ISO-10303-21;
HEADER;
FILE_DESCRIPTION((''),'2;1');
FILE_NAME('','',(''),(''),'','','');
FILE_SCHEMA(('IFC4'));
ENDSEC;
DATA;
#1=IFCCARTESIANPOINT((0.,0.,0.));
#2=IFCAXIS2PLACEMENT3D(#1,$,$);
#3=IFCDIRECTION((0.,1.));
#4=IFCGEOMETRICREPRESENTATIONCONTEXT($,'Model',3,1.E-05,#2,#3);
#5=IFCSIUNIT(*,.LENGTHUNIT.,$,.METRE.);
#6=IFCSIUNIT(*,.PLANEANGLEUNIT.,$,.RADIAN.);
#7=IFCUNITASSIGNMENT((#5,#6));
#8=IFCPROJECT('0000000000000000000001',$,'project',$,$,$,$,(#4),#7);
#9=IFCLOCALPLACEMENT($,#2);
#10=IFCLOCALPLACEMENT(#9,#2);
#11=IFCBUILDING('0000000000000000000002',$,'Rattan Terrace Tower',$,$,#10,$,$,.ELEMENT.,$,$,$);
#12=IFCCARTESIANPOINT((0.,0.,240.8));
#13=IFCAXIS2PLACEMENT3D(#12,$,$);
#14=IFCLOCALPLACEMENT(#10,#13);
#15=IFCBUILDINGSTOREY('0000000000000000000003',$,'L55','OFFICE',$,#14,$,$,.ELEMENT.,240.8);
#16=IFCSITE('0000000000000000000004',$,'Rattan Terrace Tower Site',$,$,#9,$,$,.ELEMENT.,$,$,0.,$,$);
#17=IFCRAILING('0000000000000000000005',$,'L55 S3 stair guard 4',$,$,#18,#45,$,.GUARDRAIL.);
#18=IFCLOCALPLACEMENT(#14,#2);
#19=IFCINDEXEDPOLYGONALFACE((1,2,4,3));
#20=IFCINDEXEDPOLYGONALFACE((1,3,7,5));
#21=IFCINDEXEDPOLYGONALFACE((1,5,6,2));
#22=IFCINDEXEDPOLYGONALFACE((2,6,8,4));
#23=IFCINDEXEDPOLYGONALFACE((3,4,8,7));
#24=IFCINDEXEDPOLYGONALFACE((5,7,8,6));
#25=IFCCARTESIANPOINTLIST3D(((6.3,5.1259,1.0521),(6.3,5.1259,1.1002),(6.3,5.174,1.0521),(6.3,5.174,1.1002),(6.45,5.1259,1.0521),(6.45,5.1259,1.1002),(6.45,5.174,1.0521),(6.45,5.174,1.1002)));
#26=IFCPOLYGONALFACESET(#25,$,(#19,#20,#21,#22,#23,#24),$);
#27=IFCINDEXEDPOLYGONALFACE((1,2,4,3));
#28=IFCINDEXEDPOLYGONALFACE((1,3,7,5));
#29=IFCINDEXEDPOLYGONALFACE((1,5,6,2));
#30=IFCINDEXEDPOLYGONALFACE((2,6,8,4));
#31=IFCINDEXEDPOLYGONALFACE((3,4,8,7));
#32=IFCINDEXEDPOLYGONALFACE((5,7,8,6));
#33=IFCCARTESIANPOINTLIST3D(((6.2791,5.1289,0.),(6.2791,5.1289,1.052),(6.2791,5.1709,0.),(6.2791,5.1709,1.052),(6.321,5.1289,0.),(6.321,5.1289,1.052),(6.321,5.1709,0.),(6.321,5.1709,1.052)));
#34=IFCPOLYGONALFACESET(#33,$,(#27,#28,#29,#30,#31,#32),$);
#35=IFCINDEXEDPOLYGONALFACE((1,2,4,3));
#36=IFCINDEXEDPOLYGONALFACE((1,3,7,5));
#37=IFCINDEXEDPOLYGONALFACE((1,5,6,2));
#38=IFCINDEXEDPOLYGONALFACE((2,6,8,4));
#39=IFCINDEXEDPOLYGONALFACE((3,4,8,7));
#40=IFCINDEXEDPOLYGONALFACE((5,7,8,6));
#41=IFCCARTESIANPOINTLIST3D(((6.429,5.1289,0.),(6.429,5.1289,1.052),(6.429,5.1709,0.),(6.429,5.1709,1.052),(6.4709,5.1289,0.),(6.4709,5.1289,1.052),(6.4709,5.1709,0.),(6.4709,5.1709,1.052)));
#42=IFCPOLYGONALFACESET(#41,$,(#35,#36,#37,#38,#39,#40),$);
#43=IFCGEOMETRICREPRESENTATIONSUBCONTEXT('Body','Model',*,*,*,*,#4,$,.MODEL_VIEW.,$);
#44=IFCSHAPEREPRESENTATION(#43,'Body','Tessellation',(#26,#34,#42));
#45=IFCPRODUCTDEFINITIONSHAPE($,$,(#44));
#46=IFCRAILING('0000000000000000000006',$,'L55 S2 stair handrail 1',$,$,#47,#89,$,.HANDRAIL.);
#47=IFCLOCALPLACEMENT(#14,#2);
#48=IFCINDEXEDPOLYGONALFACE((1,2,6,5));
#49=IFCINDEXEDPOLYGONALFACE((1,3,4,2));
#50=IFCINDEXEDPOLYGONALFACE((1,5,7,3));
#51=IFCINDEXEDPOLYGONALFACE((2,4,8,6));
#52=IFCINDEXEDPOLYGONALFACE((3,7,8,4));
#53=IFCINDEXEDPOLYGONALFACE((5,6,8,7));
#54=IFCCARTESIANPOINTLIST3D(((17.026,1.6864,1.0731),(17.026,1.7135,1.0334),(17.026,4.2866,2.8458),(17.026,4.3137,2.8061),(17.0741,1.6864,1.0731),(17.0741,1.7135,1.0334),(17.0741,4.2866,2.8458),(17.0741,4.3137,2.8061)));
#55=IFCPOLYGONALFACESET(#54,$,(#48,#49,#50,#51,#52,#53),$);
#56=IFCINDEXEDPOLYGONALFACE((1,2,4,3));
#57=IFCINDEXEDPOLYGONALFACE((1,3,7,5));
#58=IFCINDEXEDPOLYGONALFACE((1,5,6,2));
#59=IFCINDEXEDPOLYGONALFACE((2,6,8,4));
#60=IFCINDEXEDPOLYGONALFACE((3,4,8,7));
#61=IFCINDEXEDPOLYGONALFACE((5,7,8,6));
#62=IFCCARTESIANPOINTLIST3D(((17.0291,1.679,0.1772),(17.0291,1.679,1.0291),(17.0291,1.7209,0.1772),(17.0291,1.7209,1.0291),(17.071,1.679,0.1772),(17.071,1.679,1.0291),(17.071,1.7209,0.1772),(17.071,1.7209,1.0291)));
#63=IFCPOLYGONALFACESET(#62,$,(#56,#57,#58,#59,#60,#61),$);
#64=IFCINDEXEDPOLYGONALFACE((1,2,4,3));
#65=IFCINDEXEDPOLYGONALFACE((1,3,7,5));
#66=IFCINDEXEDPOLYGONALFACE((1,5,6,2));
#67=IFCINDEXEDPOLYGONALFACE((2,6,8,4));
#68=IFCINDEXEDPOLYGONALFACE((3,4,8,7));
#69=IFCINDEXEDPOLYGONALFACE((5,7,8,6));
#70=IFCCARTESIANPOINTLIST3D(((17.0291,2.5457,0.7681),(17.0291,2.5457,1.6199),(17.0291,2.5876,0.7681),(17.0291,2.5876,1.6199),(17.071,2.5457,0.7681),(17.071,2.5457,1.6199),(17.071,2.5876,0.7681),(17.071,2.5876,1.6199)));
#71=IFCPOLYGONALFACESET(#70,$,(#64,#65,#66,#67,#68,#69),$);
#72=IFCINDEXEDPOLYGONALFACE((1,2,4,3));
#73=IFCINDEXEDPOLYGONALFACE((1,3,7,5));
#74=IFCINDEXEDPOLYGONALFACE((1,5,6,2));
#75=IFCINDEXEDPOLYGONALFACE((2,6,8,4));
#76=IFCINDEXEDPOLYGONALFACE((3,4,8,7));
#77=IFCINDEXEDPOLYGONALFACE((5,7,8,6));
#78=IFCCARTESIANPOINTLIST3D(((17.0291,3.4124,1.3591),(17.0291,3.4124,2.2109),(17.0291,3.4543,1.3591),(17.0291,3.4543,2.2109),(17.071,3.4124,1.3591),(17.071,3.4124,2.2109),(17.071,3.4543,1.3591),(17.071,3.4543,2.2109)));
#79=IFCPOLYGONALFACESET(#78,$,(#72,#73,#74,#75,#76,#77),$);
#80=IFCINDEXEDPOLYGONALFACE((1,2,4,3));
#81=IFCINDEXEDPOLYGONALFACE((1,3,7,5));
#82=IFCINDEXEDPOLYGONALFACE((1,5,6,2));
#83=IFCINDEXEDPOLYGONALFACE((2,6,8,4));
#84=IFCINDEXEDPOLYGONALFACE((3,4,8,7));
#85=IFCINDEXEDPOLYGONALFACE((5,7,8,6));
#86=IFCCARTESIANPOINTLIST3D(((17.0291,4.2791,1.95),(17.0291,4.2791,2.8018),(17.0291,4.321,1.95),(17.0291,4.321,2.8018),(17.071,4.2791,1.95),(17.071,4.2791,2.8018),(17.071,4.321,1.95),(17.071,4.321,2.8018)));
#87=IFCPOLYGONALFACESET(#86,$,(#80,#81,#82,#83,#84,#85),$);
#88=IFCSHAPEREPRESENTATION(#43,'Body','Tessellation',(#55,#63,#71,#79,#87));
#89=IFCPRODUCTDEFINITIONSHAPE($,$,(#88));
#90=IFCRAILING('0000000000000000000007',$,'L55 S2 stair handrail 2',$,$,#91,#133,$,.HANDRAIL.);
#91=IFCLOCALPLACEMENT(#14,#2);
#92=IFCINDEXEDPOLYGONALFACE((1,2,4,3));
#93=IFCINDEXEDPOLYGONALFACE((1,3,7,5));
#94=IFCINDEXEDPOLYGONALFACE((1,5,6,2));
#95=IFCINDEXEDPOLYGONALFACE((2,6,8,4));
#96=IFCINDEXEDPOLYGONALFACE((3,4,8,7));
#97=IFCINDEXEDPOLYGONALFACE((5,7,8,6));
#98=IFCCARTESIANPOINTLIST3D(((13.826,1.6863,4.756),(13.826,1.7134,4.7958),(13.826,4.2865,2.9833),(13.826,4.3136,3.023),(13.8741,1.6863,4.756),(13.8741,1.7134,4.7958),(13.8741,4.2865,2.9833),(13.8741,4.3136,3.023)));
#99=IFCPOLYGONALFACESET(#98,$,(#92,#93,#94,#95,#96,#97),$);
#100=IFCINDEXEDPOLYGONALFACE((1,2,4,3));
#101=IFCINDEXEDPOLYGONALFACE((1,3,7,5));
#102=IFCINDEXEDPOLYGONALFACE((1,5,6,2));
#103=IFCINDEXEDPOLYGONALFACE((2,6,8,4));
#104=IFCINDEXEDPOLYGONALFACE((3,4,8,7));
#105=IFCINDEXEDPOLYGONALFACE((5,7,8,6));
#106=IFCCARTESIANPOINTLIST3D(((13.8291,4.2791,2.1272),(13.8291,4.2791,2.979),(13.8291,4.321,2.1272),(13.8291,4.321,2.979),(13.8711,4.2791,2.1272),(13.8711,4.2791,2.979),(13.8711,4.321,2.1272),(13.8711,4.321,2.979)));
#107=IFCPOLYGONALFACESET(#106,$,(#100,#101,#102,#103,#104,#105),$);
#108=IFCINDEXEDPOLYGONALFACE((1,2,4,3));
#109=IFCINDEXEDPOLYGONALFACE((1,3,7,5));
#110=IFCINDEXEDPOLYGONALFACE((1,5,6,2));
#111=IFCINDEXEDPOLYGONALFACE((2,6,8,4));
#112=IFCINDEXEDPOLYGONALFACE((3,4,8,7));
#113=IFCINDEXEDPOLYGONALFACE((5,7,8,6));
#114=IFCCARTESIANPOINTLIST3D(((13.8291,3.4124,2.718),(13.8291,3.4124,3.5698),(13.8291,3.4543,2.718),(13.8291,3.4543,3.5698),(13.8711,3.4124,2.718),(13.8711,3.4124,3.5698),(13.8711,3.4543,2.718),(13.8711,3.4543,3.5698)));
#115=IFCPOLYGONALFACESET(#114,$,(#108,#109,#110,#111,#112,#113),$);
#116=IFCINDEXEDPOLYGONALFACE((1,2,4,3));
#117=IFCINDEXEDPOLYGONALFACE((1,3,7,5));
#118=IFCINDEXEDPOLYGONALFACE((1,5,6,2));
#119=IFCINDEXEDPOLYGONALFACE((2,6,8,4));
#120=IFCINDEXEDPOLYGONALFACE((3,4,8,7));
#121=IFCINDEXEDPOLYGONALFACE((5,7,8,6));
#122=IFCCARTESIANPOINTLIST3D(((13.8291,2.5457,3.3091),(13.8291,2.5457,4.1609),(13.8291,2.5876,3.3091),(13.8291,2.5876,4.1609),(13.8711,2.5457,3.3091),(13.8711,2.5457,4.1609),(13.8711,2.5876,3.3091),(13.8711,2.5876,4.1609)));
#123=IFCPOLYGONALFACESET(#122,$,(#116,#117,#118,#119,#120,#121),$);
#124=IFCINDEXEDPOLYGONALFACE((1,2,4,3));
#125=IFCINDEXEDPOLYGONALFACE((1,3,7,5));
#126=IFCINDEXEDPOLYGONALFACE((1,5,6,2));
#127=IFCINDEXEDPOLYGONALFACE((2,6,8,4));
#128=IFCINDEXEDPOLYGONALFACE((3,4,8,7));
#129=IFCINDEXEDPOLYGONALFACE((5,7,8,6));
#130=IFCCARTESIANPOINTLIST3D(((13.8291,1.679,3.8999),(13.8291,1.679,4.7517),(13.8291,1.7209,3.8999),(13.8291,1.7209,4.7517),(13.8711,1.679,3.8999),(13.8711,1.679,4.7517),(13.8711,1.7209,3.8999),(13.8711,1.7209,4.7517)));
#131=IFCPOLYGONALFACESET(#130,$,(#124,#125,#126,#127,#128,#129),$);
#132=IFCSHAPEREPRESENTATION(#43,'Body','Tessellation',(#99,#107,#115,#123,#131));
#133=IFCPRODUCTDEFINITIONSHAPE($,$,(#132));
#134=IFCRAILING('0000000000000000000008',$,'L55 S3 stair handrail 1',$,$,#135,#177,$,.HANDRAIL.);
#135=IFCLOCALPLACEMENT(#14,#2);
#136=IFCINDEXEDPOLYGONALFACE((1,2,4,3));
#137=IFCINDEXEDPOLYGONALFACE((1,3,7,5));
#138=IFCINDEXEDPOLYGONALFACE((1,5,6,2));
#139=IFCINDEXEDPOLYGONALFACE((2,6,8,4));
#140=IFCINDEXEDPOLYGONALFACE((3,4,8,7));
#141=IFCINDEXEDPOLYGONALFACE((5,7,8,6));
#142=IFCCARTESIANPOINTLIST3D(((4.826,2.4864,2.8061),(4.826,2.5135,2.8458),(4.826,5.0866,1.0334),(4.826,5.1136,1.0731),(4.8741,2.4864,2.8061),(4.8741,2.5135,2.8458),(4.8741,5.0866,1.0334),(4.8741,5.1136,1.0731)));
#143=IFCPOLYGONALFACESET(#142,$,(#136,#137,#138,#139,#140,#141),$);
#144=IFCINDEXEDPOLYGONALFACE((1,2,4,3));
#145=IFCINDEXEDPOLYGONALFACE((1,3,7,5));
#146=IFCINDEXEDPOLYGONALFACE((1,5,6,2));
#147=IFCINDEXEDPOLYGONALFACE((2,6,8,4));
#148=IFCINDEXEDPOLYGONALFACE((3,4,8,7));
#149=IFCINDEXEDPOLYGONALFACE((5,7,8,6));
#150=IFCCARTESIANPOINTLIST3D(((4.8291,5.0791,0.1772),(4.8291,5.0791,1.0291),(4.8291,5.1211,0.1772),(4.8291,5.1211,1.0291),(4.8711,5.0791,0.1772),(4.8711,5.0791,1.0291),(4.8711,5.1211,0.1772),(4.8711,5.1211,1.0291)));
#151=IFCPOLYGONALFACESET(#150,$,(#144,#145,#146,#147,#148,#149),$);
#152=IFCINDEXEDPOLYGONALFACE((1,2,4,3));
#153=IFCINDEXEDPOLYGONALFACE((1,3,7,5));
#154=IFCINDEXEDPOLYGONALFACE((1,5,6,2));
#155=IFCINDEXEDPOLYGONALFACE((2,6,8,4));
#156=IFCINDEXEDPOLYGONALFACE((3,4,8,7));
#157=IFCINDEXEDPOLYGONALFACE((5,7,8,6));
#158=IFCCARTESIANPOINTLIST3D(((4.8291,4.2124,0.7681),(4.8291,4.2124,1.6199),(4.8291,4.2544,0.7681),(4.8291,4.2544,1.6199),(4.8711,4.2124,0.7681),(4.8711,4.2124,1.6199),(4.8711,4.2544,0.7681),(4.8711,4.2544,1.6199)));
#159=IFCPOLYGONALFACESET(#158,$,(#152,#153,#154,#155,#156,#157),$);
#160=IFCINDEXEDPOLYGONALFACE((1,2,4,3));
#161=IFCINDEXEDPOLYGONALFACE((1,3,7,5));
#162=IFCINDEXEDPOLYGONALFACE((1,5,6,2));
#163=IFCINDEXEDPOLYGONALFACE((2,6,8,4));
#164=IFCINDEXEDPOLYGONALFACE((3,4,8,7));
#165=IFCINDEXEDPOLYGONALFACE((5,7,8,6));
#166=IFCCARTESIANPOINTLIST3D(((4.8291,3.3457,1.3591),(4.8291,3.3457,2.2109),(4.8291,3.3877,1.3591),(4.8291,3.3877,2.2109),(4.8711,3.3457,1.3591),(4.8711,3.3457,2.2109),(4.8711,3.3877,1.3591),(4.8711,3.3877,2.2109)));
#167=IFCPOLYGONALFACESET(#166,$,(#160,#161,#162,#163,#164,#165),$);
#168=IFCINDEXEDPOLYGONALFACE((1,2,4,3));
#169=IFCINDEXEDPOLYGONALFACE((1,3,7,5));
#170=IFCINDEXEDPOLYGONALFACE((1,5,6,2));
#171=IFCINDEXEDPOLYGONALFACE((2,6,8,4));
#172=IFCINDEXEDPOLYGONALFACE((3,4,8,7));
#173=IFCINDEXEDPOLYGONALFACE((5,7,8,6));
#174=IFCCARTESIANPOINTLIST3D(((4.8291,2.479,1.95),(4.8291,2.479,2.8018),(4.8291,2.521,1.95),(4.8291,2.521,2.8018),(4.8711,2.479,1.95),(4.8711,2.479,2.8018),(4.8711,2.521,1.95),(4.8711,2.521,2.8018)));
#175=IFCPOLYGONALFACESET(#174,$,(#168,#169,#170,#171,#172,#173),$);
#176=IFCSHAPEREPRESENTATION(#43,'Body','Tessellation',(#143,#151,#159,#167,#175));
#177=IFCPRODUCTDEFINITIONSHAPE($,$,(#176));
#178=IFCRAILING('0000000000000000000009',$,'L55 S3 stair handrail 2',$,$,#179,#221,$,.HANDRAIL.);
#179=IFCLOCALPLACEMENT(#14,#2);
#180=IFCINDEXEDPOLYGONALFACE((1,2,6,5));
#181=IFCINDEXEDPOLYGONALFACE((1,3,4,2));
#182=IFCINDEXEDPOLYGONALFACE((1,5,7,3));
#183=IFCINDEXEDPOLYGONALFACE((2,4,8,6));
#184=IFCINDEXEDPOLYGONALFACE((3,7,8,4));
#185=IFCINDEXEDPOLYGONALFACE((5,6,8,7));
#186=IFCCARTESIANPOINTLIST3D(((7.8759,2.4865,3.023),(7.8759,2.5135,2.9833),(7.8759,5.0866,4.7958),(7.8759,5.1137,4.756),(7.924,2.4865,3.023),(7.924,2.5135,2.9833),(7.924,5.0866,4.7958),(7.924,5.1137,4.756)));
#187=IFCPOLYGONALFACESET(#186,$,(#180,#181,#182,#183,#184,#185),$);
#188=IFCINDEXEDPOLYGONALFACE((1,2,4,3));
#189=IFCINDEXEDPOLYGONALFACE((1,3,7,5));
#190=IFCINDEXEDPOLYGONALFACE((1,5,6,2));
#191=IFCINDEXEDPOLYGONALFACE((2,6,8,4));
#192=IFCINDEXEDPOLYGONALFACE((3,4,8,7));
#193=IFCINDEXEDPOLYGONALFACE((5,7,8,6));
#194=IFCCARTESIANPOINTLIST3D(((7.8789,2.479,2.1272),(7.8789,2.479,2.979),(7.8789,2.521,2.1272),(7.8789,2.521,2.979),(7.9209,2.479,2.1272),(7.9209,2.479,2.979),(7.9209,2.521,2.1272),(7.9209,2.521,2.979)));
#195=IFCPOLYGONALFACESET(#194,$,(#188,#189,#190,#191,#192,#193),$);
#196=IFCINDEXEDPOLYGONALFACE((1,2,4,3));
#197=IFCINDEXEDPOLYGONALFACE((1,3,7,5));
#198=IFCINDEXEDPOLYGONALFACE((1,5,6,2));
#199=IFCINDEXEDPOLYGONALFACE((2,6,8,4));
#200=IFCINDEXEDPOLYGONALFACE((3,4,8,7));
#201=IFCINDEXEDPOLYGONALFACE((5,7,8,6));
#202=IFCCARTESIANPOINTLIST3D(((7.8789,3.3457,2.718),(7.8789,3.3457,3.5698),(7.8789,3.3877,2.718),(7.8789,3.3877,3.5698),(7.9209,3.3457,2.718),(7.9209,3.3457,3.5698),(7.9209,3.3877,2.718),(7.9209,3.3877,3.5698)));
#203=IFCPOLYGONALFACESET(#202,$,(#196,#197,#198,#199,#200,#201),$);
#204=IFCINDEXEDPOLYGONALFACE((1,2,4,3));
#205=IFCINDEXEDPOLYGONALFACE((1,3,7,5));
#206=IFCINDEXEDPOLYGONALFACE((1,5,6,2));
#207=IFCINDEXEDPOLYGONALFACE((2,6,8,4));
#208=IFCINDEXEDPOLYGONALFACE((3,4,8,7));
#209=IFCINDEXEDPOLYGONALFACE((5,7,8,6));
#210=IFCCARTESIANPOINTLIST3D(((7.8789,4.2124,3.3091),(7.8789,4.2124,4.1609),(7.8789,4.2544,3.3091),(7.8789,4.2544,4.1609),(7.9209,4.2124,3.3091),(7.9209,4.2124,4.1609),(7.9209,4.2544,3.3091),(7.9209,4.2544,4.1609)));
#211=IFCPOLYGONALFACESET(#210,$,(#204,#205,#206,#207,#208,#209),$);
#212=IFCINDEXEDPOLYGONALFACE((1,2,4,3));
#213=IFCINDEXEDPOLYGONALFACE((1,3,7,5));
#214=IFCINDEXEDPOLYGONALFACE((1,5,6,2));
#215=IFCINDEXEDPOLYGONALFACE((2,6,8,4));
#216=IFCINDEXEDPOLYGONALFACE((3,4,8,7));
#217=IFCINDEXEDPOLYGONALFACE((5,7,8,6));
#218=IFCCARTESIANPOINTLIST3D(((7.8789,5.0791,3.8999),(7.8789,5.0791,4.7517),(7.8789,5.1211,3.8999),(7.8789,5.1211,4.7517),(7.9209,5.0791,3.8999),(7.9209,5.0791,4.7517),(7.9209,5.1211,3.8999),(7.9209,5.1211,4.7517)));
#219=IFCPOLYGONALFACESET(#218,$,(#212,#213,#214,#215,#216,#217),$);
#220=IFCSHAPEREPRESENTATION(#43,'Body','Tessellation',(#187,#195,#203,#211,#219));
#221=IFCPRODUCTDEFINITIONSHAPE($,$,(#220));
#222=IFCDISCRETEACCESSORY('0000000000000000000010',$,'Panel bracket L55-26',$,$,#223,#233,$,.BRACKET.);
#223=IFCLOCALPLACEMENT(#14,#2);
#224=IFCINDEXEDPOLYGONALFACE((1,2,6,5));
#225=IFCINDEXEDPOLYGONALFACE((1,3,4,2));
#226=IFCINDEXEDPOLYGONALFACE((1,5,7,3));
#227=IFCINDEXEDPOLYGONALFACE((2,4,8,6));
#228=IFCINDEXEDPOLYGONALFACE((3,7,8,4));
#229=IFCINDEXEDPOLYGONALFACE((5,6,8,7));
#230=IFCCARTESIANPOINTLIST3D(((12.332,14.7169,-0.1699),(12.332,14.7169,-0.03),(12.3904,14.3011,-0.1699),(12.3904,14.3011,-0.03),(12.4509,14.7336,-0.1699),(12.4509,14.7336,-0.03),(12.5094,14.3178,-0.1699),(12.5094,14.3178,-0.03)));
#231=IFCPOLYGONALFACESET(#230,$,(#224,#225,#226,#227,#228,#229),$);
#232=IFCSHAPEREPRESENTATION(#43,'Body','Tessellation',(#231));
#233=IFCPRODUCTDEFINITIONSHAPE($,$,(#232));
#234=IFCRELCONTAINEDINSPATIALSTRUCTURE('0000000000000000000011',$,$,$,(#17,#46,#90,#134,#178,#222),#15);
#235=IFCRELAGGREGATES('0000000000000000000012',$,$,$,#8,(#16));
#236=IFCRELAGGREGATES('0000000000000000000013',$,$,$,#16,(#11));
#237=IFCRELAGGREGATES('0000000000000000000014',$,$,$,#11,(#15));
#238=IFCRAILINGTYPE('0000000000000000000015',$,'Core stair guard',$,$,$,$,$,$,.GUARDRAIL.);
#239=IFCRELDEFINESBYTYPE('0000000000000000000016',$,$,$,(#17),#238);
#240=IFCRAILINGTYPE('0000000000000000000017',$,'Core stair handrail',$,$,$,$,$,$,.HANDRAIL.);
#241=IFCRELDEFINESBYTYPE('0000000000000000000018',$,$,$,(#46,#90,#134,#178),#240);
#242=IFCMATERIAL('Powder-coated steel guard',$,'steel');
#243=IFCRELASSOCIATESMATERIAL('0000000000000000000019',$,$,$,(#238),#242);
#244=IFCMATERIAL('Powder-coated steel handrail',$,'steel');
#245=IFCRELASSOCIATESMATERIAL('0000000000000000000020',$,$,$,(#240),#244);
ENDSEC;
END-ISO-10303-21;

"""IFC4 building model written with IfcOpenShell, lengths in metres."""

from ifc_helpers import new_model, si_unit, direction, frame, origin, origin_2d, place, context, subcontext, project, spatial, rectangle, extrude, material, type_object, element, save


model = new_model("IFC4")

# Units and contexts
model_context = context("Model", 3, precision=1e-05, world=origin(), true_north=direction((0.0, 1.0)))
body_context = subcontext(model_context, "Body", "Model", "MODEL_VIEW")
ifc_project = project(units=[si_unit("LENGTHUNIT", "METRE"), si_unit("PLANEANGLEUNIT", "RADIAN")], contexts=[model_context])

# Site, building, storey
site_placement = place(None, origin())
site = spatial("IfcSite", under=ifc_project, at=site_placement, Name="Rattan Terrace Tower Site", CompositionType="ELEMENT", RefElevation=0.0)
building_placement = place(site_placement, origin())
building = spatial("IfcBuilding", under=site, at=building_placement, Name="Rattan Terrace Tower", CompositionType="ELEMENT")
storey_placement = place(building_placement, frame((0.0, 0.0, 240.8)))
storey = spatial("IfcBuildingStorey", under=building, at=storey_placement, Name="L55", Description="OFFICE", CompositionType="ELEMENT", Elevation=240.8)

# Railings
ifc_material_1 = material(Name="Powder-coated steel guard", Category="steel")
railing_type_1 = type_object("IfcRailingType", Name="Core stair guard", PredefinedType="GUARDRAIL", material=ifc_material_1)
railing_1_placement = place(storey_placement, frame((6.3, 5.1499, 0.0)))
element("IfcRailing", 1, at=railing_1_placement, inside=storey, type_object=railing_type_1, Name="L55 S3 stair guard 4", PredefinedType="GUARDRAIL", context=body_context, shape_type="SweptSolid", body=[
    extrude(rectangle(XDim=0.0481, YDim=0.0481, at=origin_2d()), frame((0.0, 0.0, 1.0762), z_axis=(1.0, 0.0, 0.0), x_axis=(0.0, 1.0, 0.0)), (0.0, 0.0, 1.0), 0.1499),
    extrude(rectangle(XDim=0.042, YDim=0.042, at=origin_2d()), origin(), (0.0, 0.0, 1.0), 1.052),
    extrude(rectangle(XDim=0.042, YDim=0.042, at=origin_2d()), frame((0.1499, 0.0, 0.0)), (0.0, 0.0, 1.0), 1.052),
])
ifc_material_2 = material(Name="Powder-coated steel handrail", Category="steel")
railing_type_2 = type_object("IfcRailingType", Name="Core stair handrail", PredefinedType="HANDRAIL", material=ifc_material_2)
railing_2_placement = place(storey_placement, frame((17.05, 1.7, 0.1772)))
element("IfcRailing", 2, at=railing_2_placement, inside=storey, type_object=railing_type_2, Name="L55 S2 stair handrail 1", PredefinedType="HANDRAIL", context=body_context, shape_type="SweptSolid", body=[
    extrude(rectangle(XDim=0.0481, YDim=0.0481, at=origin_2d()), frame((0.0, 0.0, 0.876), z_axis=(0.0, 0.82624, 0.563318), x_axis=(-1.0, 0.0, 0.0)), (0.0, 0.0, 1.0), 3.147),
    extrude(rectangle(XDim=0.042, YDim=0.042, at=origin_2d()), origin(), (0.0, 0.0, 1.0), 0.8518),
    extrude(rectangle(XDim=0.042, YDim=0.042, at=origin_2d()), frame((0.0, 0.8667, 0.5908)), (0.0, 0.0, 1.0), 0.8518),
    extrude(rectangle(XDim=0.042, YDim=0.042, at=origin_2d()), frame((0.0, 1.7334, 1.1819)), (0.0, 0.0, 1.0), 0.8518),
    extrude(rectangle(XDim=0.042, YDim=0.042, at=origin_2d()), frame((0.0, 2.6001, 1.7727)), (0.0, 0.0, 1.0), 0.8518),
])
for number, where, name in (
    (3, (13.8501, 4.3, 2.1272), "L55 S2 stair handrail 2"),
    (4, (4.8501, 5.1001, 0.1772), "L55 S3 stair handrail 1"),
):
    element("IfcRailing", number, at=place(storey_placement, frame(where)), inside=storey, type_object=railing_type_2, Name=name, PredefinedType="HANDRAIL", context=body_context, shape_type="SweptSolid", body=[
        extrude(rectangle(XDim=0.0481, YDim=0.0481, at=origin_2d()), frame((0.0, 0.0, 0.876), z_axis=(0.0, -0.82624, 0.563318), x_axis=(1.0, 0.0, 0.0)), (0.0, 0.0, 1.0), 3.147),
        extrude(rectangle(XDim=0.042, YDim=0.042, at=origin_2d()), origin(), (0.0, 0.0, 1.0), 0.8518),
        extrude(rectangle(XDim=0.042, YDim=0.042, at=origin_2d()), frame((0.0, -0.8667, 0.5908)), (0.0, 0.0, 1.0), 0.8518),
        extrude(rectangle(XDim=0.042, YDim=0.042, at=origin_2d()), frame((0.0, -1.7334, 1.1819)), (0.0, 0.0, 1.0), 0.8518),
        extrude(rectangle(XDim=0.042, YDim=0.042, at=origin_2d()), frame((0.0, -2.6001, 1.7727)), (0.0, 0.0, 1.0), 0.8518),
    ])
railing_3_placement = place(storey_placement, frame((7.8999, 2.5, 2.1272)))
element("IfcRailing", 5, at=railing_3_placement, inside=storey, type_object=railing_type_2, Name="L55 S3 stair handrail 2", PredefinedType="HANDRAIL", context=body_context, shape_type="SweptSolid", body=[
    extrude(rectangle(XDim=0.0481, YDim=0.0481, at=origin_2d()), frame((0.0, 0.0, 0.876), z_axis=(0.0, 0.82624, 0.563318), x_axis=(-1.0, 0.0, 0.0)), (0.0, 0.0, 1.0), 3.147),
    extrude(rectangle(XDim=0.042, YDim=0.042, at=origin_2d()), origin(), (0.0, 0.0, 1.0), 0.8518),
    extrude(rectangle(XDim=0.042, YDim=0.042, at=origin_2d()), frame((0.0, 0.8667, 0.5908)), (0.0, 0.0, 1.0), 0.8518),
    extrude(rectangle(XDim=0.042, YDim=0.042, at=origin_2d()), frame((0.0, 1.7334, 1.1819)), (0.0, 0.0, 1.0), 0.8518),
    extrude(rectangle(XDim=0.042, YDim=0.042, at=origin_2d()), frame((0.0, 2.6001, 1.7727)), (0.0, 0.0, 1.0), 0.8518),
])

# Discrete accessory
discrete_accessory_placement = place(storey_placement, frame((12.4207, 14.5173, -0.1699), z_axis=(0.0, 0.0, 1.0), x_axis=(-0.990267, -0.139177, 0.0)))
element("IfcDiscreteAccessory", 6, at=discrete_accessory_placement, inside=storey, Name="Panel bracket L55-26", PredefinedType="BRACKET", context=body_context, shape_type="SweptSolid", body=[
    extrude(rectangle(XDim=0.1201, YDim=0.4199, at=origin_2d()), origin(), (0.0, 0.0, 1.0), 0.1399),
])

save(model, "model.ifc")
